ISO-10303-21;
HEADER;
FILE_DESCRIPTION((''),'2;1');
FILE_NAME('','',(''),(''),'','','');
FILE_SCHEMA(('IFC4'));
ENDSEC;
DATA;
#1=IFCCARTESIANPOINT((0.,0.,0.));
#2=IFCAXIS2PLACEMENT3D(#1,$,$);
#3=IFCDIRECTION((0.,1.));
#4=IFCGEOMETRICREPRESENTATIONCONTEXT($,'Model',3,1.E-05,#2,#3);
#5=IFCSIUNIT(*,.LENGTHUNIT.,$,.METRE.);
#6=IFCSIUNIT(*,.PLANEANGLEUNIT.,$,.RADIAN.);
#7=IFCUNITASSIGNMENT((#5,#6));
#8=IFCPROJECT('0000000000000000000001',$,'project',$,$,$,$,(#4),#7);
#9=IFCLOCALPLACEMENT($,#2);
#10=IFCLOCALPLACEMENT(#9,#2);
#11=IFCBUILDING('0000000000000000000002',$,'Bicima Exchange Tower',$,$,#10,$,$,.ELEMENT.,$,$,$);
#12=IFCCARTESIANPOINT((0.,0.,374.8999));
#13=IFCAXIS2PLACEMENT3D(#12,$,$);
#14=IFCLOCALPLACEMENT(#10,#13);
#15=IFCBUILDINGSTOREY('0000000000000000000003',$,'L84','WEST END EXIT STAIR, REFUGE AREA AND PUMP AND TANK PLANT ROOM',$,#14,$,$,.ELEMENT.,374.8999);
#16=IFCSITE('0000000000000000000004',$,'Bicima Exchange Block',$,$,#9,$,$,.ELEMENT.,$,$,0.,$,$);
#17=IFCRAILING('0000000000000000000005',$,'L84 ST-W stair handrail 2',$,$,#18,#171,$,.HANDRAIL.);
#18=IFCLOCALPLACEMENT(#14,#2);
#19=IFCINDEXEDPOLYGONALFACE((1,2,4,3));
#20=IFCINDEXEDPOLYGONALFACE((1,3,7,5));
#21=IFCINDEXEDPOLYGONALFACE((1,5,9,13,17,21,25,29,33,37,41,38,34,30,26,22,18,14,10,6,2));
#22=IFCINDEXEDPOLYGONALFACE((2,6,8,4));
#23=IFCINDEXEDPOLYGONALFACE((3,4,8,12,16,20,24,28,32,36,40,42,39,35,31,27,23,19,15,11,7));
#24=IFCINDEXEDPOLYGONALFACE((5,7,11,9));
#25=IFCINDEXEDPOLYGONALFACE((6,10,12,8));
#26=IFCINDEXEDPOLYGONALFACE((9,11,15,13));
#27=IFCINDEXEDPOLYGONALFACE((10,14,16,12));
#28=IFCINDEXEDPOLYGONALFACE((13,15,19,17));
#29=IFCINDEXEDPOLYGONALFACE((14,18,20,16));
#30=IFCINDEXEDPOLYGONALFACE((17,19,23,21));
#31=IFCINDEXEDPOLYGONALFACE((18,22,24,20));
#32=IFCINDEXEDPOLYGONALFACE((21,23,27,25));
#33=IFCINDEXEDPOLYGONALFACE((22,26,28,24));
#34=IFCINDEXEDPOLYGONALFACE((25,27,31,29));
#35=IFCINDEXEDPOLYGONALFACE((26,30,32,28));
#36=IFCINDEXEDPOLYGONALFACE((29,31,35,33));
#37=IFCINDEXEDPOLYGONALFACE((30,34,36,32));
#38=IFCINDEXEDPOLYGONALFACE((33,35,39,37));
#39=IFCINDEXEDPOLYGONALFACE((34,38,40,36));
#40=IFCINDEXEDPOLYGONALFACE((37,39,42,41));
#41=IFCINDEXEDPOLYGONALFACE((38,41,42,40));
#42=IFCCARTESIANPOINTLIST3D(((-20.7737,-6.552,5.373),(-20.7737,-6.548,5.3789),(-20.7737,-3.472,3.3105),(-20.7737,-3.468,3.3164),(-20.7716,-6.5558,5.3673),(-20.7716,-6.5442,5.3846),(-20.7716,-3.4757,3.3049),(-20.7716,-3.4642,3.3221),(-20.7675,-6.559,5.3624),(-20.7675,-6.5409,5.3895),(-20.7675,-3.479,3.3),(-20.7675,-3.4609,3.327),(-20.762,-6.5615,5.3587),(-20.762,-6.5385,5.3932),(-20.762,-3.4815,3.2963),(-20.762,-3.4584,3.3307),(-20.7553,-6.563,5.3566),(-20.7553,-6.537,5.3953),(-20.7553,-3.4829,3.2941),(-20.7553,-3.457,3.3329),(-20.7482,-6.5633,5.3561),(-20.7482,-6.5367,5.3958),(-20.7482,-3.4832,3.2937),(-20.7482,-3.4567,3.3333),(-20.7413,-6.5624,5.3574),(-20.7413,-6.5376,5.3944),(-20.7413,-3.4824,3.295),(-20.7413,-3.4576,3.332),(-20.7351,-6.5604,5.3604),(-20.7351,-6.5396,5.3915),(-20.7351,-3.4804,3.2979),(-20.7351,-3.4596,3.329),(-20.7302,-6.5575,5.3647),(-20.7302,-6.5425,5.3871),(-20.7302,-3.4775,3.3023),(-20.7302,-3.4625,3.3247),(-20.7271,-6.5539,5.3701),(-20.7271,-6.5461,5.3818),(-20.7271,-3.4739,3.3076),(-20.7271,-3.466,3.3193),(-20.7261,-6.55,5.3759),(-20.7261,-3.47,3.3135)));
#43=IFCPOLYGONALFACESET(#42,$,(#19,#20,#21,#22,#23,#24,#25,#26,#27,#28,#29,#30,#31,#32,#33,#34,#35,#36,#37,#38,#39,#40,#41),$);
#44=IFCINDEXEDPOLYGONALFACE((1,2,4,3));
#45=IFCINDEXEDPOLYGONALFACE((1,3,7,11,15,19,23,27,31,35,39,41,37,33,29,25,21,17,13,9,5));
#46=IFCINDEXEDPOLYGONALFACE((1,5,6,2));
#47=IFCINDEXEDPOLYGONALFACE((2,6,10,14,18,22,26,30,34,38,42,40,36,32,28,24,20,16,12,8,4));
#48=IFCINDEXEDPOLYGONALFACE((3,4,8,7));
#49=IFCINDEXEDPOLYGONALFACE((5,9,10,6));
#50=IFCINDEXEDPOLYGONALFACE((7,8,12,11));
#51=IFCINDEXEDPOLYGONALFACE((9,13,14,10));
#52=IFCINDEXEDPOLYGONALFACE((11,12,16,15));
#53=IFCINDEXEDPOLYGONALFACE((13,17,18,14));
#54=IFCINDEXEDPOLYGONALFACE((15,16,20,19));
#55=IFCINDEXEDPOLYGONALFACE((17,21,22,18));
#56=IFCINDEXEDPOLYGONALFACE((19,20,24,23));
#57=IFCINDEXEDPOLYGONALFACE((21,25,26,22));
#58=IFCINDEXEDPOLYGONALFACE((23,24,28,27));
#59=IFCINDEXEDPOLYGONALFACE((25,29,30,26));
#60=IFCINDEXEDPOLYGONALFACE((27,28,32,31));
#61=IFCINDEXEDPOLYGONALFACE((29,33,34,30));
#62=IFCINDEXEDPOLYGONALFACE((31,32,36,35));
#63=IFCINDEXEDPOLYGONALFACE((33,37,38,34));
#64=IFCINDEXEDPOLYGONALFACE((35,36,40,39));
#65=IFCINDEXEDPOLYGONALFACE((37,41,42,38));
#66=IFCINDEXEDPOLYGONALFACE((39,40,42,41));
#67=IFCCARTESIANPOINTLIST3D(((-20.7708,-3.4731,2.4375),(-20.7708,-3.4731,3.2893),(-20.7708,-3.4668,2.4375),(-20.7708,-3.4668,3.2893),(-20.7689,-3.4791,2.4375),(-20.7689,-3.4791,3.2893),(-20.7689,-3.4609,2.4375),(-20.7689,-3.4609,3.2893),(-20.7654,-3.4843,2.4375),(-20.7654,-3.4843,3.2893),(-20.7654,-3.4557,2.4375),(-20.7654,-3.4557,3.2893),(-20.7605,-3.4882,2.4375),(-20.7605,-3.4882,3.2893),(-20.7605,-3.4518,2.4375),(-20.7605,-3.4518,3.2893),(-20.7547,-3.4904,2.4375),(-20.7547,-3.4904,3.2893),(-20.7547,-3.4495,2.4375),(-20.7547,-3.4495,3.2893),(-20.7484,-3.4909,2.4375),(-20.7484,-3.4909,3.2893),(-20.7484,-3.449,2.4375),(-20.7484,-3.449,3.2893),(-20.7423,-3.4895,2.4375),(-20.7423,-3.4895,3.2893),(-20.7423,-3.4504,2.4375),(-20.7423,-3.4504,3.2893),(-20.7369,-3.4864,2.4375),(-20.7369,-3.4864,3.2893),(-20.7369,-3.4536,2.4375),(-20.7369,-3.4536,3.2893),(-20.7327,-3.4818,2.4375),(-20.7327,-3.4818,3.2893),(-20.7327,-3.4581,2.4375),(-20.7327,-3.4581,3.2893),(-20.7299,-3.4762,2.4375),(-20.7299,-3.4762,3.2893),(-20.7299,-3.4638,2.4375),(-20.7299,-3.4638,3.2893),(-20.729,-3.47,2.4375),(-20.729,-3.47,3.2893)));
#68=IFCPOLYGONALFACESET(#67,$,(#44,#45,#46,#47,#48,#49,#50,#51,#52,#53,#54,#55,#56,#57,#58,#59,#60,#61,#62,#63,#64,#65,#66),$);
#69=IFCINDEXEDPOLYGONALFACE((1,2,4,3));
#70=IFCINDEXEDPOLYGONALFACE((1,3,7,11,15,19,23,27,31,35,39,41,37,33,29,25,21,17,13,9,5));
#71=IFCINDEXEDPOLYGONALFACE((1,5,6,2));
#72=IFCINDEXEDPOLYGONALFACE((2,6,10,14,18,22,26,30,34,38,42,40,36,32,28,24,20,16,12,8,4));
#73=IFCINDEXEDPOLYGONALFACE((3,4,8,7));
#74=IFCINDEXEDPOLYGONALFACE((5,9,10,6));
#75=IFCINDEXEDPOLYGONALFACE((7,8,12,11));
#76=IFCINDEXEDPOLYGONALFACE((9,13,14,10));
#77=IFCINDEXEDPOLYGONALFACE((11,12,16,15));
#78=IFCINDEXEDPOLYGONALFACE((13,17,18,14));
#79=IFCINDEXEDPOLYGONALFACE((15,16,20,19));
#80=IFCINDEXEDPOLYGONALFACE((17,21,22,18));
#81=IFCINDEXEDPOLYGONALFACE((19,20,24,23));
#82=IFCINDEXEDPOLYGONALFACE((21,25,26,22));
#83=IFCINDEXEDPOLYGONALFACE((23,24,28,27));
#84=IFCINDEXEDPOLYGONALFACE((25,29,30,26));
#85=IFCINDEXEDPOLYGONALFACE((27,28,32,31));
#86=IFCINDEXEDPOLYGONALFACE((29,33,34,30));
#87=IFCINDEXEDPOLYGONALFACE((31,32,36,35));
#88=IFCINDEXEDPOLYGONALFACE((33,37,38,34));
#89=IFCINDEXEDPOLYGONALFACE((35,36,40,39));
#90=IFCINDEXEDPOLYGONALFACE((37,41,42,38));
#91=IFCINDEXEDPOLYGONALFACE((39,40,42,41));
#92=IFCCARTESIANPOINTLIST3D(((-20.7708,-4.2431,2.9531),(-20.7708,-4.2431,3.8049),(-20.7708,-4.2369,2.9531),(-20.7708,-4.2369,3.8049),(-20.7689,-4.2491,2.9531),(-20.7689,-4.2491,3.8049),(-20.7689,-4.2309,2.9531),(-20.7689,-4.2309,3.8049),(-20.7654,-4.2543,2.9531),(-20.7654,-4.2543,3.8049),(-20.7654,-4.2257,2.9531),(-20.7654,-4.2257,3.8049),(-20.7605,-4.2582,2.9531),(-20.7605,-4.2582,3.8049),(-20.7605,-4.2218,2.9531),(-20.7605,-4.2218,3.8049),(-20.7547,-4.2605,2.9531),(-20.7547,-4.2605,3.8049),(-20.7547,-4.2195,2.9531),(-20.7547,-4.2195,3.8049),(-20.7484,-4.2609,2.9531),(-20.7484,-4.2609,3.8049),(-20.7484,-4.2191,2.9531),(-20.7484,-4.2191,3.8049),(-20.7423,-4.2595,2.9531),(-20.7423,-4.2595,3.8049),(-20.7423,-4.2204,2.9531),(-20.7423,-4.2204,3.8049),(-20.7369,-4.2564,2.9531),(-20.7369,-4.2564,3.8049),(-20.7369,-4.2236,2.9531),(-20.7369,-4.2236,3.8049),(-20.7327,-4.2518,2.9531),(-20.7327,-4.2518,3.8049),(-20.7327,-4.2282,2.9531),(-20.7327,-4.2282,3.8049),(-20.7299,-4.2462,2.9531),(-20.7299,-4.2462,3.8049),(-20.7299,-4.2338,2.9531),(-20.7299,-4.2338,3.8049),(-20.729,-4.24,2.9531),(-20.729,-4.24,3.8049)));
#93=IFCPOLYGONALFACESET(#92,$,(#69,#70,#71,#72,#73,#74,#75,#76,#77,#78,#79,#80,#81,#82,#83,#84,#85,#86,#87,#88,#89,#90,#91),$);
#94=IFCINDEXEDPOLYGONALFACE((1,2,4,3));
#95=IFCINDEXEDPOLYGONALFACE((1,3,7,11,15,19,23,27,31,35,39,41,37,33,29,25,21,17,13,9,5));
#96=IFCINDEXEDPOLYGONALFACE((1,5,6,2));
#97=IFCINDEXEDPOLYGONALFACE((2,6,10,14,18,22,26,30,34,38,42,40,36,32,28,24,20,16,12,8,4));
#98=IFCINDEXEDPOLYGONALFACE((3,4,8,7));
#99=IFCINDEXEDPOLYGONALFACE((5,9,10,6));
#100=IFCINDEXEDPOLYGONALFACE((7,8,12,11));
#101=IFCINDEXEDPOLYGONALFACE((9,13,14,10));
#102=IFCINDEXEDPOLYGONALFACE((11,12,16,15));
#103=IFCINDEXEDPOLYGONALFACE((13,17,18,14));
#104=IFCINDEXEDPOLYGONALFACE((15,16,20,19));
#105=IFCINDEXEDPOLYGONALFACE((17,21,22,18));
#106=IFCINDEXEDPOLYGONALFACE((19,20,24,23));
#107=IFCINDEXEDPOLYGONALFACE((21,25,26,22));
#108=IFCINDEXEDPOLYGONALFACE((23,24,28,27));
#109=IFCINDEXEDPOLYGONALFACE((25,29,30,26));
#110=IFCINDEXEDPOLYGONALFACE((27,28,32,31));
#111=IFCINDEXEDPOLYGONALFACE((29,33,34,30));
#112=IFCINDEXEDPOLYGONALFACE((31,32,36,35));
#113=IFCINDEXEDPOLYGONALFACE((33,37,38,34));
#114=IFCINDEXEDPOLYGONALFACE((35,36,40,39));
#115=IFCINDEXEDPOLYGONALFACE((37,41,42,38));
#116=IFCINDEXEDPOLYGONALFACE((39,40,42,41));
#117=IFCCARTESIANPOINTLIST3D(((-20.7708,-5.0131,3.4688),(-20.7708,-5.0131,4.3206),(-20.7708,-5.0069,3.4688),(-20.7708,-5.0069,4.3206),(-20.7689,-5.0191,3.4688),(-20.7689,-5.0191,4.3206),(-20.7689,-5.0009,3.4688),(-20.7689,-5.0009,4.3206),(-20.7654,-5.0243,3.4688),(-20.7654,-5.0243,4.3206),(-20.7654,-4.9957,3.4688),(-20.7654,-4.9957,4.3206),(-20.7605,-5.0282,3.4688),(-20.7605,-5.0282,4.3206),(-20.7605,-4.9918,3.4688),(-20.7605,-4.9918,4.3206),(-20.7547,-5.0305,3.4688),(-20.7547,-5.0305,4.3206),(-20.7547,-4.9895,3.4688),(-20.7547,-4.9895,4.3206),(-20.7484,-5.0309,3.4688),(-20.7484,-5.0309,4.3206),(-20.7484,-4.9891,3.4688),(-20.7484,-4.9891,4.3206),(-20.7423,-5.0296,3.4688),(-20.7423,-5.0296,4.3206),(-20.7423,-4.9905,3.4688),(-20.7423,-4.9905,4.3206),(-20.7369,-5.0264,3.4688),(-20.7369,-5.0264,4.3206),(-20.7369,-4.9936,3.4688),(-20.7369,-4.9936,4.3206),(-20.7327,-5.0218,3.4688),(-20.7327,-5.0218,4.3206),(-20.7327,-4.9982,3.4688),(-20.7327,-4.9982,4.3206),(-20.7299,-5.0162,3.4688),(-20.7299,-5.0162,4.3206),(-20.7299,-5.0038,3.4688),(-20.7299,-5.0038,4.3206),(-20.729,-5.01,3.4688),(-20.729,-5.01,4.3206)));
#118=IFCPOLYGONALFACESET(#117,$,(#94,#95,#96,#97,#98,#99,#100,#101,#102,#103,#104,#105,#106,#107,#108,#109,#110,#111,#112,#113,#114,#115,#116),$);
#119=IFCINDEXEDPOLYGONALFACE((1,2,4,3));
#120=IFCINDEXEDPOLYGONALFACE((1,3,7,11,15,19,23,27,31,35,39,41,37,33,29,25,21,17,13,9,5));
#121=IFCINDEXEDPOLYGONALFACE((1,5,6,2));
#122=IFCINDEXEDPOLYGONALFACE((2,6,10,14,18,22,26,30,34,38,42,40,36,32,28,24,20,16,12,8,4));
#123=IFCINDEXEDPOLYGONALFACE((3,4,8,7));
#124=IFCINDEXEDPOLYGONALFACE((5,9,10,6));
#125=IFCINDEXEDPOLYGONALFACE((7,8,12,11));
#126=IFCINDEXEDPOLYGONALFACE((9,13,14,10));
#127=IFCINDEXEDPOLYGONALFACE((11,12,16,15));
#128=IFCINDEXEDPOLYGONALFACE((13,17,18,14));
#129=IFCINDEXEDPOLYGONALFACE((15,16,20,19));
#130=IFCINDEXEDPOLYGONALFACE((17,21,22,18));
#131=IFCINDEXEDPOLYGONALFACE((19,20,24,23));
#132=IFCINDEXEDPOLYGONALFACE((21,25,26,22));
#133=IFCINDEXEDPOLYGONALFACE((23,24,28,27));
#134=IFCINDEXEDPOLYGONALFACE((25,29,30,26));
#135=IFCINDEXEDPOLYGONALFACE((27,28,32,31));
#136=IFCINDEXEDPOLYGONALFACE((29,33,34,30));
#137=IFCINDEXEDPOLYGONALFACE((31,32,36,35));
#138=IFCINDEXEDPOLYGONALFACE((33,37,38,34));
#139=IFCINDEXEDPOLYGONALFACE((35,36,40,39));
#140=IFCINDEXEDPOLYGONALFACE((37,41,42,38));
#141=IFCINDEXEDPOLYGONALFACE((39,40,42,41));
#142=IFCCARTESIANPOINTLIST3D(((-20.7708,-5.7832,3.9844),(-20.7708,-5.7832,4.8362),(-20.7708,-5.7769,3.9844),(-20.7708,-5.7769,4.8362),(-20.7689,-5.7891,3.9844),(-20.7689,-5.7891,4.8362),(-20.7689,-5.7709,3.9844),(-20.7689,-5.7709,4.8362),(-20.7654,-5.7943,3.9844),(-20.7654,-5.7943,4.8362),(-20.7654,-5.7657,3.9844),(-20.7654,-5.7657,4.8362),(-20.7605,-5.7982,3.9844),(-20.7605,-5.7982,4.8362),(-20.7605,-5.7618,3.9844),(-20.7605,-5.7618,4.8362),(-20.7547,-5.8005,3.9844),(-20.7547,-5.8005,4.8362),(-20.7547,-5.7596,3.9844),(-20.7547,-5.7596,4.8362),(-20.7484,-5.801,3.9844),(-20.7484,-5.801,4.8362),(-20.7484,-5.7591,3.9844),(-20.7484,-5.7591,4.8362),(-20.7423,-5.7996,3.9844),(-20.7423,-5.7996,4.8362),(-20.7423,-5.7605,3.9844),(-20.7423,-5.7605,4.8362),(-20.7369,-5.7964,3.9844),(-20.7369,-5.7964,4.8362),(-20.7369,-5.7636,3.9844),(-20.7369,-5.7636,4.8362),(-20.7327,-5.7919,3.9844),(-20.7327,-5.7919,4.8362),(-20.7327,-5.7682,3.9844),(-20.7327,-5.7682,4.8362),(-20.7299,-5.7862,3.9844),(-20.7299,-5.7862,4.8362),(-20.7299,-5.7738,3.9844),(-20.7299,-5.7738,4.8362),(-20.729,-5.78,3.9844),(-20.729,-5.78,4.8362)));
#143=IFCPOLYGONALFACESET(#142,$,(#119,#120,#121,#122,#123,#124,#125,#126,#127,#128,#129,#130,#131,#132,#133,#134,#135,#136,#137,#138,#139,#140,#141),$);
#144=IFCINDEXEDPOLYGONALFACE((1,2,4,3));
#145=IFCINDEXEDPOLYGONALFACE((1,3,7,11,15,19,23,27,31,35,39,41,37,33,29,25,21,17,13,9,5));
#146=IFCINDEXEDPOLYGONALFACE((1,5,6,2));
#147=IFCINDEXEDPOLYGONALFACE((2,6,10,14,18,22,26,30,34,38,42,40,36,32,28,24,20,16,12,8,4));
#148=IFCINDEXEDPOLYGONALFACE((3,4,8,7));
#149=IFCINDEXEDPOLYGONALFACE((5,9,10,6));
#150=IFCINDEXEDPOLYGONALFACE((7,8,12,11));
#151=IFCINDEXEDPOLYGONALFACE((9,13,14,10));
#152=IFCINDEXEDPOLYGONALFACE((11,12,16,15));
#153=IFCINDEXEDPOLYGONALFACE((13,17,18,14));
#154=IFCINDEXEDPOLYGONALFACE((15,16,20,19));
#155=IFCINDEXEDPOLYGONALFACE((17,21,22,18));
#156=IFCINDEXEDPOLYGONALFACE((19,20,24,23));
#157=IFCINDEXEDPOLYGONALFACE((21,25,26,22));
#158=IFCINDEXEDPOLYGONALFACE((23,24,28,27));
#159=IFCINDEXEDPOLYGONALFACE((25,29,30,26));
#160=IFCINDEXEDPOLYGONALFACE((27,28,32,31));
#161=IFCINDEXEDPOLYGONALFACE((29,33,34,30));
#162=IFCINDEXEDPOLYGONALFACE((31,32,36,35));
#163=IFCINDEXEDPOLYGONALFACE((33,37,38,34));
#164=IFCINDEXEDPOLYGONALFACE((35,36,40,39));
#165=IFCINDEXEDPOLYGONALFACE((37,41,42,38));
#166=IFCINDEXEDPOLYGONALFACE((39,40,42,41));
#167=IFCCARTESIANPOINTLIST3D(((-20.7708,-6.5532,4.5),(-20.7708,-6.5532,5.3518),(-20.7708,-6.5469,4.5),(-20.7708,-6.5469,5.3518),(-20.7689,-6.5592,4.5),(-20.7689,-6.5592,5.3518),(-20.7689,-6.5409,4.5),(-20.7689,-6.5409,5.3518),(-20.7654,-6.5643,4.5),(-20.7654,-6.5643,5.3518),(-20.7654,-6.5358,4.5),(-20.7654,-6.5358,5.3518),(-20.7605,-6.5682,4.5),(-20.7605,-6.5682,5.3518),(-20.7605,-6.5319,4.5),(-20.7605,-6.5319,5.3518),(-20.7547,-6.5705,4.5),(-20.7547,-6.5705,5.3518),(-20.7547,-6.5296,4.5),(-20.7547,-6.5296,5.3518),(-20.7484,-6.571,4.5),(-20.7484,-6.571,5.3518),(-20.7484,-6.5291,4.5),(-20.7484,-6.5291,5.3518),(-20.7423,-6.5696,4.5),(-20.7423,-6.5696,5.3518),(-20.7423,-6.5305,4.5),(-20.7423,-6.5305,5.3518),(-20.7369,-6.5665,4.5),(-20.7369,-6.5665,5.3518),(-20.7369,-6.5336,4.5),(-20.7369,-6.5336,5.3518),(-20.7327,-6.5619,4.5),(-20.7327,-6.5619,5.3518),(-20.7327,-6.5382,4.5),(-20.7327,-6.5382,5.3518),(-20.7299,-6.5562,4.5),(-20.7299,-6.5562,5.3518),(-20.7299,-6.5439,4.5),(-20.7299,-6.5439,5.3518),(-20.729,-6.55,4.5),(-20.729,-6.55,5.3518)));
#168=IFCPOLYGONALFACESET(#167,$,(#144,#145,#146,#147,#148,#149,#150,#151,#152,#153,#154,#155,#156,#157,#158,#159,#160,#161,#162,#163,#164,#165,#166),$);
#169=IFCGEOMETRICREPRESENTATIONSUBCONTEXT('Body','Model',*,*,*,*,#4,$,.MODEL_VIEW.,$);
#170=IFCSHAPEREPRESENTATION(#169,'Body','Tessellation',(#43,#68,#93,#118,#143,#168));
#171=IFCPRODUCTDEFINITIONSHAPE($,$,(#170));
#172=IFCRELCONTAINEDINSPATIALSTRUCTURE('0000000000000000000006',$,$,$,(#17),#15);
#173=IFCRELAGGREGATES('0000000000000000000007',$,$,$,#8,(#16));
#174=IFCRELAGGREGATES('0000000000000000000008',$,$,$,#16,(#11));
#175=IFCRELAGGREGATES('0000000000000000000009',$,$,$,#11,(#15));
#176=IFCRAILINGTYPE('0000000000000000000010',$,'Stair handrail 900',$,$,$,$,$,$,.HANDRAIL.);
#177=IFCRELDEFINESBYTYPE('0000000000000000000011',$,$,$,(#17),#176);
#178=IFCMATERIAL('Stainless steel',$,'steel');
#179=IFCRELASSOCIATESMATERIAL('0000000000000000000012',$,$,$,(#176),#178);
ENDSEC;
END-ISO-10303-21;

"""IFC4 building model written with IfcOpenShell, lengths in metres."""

from ifc_helpers import new_model, si_unit, direction, frame, origin, origin_2d, place, context, subcontext, project, spatial, circle, extrude, material, type_object, element, save


model = new_model("IFC4")

# Units and contexts
model_context = context("Model", 3, precision=1e-05, world=origin(), true_north=direction((0.0, 1.0)))
body_context = subcontext(model_context, "Body", "Model", "MODEL_VIEW")
ifc_project = project(units=[si_unit("LENGTHUNIT", "METRE"), si_unit("PLANEANGLEUNIT", "RADIAN")], contexts=[model_context])

# Site, building, storey
site_placement = place(None, origin())
site = spatial("IfcSite", under=ifc_project, at=site_placement, Name="Bicima Exchange Block", CompositionType="ELEMENT", RefElevation=0.0)
building_placement = place(site_placement, origin())
building = spatial("IfcBuilding", under=site, at=building_placement, Name="Bicima Exchange Tower", CompositionType="ELEMENT")
storey_placement = place(building_placement, frame((0.0, 0.0, 374.8999)))
storey = spatial("IfcBuildingStorey", under=building, at=storey_placement, Name="L84", Description="WEST END EXIT STAIR, REFUGE AREA AND PUMP AND TANK PLANT ROOM", CompositionType="ELEMENT", Elevation=374.8999)

# Shared definitions
ifc_material_1 = material(Name="Stainless steel", Category="steel")

# Railing
railing_type = type_object("IfcRailingType", Name="Stair handrail 900", PredefinedType="HANDRAIL", material=ifc_material_1)
for number, where, name in (
    (1, (-20.75, -3.47, 2.4375), "L84 ST-W stair handrail 2"),
):
    element("IfcRailing", number, at=place(storey_placement, frame(where)), inside=storey, type_object=railing_type, Name=name, PredefinedType="HANDRAIL", context=body_context, shape_type="SweptSolid", body=[
        extrude(circle(Radius=0.0239, at=origin_2d()), frame((0.0, 0.0, 0.876), z_axis=(0.0, -0.830914, 0.556401), x_axis=(1.0, 0.0, 0.0)), (0.0, 0.0, 1.0), 3.7068),
        extrude(circle(Radius=0.021, at=origin_2d()), origin(), (0.0, 0.0, 1.0), 0.8518),
        extrude(circle(Radius=0.021, at=origin_2d()), frame((0.0, -0.77, 0.5156)), (0.0, 0.0, 1.0), 0.8518),
        extrude(circle(Radius=0.021, at=origin_2d()), frame((0.0, -1.54, 1.0312)), (0.0, 0.0, 1.0), 0.8518),
        extrude(circle(Radius=0.021, at=origin_2d()), frame((0.0, -2.3101, 1.5469)), (0.0, 0.0, 1.0), 0.8518),
        extrude(circle(Radius=0.021, at=origin_2d()), frame((0.0, -3.0801, 2.0625)), (0.0, 0.0, 1.0), 0.8518),
    ])

save(model, "model.ifc")
